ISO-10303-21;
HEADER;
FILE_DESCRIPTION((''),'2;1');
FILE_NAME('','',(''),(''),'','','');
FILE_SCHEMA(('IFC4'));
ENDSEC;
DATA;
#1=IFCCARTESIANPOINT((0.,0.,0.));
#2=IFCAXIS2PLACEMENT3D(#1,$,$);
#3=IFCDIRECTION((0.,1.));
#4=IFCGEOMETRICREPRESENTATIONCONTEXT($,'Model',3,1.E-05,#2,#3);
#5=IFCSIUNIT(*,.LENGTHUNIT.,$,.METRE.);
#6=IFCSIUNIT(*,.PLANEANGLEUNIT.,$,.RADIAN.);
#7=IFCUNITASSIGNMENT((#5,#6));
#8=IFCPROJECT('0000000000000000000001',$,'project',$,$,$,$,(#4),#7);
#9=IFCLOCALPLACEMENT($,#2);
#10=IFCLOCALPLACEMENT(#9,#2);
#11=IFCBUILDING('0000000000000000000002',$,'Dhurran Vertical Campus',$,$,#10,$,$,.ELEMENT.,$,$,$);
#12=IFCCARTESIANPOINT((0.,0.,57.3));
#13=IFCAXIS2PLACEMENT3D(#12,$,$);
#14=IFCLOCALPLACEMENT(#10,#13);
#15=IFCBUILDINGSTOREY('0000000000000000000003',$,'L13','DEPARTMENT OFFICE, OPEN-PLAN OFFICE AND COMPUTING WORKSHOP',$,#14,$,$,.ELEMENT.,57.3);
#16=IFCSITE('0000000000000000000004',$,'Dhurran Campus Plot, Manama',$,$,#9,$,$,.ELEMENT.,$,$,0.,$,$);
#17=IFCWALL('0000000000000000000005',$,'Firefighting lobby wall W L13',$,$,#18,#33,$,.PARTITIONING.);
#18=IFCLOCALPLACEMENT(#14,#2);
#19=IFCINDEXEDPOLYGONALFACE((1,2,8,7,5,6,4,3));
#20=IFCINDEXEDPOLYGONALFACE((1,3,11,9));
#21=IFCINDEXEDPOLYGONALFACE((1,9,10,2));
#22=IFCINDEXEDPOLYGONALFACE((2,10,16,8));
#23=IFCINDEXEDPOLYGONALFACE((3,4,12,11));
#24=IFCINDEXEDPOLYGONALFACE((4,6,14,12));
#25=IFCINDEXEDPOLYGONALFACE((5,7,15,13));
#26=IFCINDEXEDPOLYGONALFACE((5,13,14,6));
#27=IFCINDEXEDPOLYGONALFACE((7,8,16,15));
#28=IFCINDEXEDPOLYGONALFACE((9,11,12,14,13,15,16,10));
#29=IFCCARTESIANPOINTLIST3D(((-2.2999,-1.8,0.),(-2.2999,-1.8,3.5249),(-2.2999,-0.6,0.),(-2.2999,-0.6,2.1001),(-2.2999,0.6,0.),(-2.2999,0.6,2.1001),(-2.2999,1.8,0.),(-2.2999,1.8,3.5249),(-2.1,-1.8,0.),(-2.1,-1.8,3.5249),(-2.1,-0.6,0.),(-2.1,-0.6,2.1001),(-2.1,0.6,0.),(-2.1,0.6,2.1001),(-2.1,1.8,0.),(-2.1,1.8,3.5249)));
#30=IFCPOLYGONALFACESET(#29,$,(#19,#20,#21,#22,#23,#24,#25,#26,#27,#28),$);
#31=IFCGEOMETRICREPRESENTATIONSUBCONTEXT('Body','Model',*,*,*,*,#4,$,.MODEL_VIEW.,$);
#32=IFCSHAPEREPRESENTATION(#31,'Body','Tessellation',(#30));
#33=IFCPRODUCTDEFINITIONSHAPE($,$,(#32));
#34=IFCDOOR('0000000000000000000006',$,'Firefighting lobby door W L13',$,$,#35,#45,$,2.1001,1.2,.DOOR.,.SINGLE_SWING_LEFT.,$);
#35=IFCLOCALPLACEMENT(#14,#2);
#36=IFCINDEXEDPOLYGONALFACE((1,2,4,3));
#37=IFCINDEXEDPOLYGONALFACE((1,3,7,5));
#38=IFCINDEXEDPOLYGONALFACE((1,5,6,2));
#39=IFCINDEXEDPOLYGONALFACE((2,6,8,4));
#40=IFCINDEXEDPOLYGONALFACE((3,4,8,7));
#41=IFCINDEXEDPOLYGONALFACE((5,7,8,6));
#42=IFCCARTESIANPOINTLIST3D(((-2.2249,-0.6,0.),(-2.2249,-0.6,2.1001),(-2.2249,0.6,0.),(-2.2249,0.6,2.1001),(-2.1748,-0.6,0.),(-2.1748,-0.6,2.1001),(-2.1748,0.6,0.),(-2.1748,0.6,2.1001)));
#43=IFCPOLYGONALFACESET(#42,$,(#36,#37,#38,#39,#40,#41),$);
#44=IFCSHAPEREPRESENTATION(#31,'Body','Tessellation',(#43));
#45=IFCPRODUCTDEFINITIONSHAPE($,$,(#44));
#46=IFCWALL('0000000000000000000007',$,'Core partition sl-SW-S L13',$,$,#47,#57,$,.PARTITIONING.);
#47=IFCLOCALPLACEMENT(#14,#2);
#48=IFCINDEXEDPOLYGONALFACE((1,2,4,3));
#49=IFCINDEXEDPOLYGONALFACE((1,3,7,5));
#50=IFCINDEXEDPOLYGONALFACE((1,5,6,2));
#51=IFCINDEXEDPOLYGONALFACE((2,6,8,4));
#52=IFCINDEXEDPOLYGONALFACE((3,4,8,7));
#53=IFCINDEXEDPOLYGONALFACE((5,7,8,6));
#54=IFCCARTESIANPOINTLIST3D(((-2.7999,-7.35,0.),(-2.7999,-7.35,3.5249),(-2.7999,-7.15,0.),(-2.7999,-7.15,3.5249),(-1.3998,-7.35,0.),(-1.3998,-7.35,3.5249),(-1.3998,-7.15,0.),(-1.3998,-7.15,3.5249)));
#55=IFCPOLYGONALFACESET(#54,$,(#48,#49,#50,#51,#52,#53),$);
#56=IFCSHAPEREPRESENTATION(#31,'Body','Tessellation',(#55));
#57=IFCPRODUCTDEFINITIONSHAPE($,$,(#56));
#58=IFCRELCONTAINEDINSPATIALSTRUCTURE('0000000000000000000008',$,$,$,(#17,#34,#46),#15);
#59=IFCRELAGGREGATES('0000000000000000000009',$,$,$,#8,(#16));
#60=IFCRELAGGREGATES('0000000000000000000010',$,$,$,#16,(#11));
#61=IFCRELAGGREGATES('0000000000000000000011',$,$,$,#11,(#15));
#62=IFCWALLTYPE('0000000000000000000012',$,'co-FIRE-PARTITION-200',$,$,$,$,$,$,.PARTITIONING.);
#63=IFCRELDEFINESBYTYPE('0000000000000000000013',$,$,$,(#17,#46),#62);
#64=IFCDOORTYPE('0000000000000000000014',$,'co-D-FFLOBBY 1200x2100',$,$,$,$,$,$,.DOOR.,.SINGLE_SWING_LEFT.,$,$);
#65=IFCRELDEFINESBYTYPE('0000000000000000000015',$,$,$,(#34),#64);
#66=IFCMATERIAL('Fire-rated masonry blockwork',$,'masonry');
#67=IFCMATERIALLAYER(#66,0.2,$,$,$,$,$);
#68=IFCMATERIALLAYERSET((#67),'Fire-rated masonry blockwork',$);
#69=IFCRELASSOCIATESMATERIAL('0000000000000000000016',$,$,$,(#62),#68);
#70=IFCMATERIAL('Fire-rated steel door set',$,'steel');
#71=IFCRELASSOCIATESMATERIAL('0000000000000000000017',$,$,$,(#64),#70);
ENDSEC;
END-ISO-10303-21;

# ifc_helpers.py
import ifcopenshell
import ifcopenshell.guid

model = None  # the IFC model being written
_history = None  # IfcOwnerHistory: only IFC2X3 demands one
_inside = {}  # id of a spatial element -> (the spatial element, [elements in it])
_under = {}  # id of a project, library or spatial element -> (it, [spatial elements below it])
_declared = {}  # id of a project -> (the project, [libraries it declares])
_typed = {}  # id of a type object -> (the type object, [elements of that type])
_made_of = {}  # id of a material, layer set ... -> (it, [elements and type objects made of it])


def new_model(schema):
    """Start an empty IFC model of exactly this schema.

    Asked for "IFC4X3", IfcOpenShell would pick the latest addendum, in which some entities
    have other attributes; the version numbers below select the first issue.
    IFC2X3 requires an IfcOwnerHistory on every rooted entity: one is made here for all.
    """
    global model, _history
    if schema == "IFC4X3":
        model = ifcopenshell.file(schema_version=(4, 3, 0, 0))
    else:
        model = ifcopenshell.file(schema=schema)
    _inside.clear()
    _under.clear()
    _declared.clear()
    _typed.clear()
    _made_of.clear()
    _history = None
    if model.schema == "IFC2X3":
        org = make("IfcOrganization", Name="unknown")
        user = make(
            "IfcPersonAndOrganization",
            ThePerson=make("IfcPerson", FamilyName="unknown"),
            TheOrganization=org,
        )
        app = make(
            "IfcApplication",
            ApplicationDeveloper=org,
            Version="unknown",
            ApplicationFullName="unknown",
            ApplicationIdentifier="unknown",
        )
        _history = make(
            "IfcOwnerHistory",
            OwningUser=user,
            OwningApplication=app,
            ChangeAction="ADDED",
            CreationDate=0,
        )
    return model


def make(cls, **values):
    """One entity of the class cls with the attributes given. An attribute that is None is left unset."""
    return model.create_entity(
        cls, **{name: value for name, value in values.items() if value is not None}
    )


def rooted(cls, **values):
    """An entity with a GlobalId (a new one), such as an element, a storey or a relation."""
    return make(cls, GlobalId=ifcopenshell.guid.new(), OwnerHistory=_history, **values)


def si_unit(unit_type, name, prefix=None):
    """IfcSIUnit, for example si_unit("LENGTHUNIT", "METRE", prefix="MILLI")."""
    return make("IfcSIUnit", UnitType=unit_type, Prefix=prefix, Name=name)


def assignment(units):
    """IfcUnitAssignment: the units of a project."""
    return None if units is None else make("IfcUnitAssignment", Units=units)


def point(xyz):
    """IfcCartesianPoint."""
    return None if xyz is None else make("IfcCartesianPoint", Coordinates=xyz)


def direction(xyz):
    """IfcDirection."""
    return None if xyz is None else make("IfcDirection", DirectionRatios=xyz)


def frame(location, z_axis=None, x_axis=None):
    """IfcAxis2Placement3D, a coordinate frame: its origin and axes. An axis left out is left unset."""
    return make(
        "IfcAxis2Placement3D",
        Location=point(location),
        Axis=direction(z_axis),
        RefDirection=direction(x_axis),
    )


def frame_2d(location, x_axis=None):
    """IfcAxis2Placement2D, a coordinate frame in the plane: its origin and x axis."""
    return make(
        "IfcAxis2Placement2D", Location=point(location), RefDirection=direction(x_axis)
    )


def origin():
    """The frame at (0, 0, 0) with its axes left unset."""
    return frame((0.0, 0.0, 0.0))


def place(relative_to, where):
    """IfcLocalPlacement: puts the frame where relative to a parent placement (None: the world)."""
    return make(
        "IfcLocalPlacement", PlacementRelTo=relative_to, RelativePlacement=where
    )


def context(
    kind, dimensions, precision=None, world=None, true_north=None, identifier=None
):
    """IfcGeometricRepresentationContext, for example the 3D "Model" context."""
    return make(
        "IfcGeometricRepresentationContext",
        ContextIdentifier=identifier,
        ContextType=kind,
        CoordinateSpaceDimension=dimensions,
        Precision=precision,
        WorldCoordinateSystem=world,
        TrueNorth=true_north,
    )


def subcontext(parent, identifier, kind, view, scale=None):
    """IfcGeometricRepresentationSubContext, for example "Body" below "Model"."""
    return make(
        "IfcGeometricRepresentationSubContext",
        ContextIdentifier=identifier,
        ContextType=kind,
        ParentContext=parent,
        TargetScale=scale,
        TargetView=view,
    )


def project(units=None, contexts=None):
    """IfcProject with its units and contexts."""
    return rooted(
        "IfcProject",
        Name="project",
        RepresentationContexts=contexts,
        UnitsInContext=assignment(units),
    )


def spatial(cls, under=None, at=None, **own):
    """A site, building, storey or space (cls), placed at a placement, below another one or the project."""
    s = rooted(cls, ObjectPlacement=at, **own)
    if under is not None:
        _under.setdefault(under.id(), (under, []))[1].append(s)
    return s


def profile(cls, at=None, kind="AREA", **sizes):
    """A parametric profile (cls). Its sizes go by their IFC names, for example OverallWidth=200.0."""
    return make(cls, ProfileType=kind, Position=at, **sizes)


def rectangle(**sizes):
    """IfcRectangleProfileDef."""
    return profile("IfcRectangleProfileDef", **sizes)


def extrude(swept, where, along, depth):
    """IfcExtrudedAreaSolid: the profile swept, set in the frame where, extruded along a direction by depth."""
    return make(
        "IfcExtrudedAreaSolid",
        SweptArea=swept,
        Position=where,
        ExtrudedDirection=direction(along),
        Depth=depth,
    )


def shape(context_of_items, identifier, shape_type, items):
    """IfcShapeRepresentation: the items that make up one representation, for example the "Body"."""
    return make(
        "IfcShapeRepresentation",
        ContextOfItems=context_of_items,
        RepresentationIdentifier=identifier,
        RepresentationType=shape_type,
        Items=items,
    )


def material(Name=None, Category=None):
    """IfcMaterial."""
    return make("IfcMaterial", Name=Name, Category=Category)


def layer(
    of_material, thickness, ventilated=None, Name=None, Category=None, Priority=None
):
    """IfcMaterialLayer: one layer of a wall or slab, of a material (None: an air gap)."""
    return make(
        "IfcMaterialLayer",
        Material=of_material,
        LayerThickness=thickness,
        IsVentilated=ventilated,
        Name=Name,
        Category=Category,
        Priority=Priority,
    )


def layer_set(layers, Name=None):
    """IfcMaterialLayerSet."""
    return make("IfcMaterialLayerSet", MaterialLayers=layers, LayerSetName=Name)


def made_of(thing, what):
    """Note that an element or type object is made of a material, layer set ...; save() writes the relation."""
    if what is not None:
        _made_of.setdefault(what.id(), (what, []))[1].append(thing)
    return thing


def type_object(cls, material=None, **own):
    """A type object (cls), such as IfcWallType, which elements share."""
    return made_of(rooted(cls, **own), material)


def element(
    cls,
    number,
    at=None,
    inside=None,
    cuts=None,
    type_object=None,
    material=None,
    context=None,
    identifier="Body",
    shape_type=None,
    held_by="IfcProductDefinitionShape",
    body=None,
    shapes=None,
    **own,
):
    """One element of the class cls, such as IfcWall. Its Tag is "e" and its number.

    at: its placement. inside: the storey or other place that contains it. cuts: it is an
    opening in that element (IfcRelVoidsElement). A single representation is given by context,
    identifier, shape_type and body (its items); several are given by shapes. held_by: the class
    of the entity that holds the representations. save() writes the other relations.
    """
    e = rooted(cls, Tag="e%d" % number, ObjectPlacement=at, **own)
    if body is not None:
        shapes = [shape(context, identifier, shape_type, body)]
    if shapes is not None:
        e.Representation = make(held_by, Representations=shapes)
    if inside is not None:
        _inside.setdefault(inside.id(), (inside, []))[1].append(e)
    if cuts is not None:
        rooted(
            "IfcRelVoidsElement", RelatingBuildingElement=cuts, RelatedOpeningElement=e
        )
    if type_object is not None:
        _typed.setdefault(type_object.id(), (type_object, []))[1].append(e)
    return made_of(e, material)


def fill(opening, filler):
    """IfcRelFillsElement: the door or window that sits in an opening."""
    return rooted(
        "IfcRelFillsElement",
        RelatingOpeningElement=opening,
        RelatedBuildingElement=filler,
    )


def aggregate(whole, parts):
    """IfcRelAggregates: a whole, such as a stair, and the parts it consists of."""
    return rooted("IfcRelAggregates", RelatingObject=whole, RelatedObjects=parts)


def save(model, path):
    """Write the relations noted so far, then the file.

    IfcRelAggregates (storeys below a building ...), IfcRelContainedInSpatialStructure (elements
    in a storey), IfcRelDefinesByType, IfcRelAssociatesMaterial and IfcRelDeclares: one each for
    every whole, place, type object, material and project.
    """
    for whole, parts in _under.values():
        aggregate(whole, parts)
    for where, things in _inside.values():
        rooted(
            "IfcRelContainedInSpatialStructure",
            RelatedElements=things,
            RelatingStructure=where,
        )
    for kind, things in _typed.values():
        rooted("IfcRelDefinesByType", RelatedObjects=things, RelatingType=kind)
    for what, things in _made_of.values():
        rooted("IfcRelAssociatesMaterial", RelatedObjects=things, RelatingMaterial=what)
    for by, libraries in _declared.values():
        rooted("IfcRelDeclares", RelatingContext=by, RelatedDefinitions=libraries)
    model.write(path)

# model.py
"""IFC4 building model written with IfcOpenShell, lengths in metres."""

from ifc_helpers import new_model, si_unit, direction, frame, frame_2d, origin, place, context, subcontext, project, spatial, rectangle, extrude, material, layer, layer_set, type_object, element, fill, save


model = new_model("IFC4")

# Units and contexts
model_context = context("Model", 3, precision=1e-05, world=origin(), true_north=direction((0.0, 1.0)))
body_context = subcontext(model_context, "Body", "Model", "MODEL_VIEW")
ifc_project = project(units=[si_unit("LENGTHUNIT", "METRE"), si_unit("PLANEANGLEUNIT", "RADIAN")], contexts=[model_context])

# Site, building, storey
site_placement = place(None, origin())
site = spatial("IfcSite", under=ifc_project, at=site_placement, Name="Dhurran Campus Plot, Manama", CompositionType="ELEMENT", RefElevation=0.0)
building_placement = place(site_placement, origin())
building = spatial("IfcBuilding", under=site, at=building_placement, Name="Dhurran Vertical Campus", CompositionType="ELEMENT")
storey_placement = place(building_placement, frame((0.0, 0.0, 57.3)))
storey = spatial("IfcBuildingStorey", under=building, at=storey_placement, Name="L13", Description="DEPARTMENT OFFICE, OPEN-PLAN OFFICE AND COMPUTING WORKSHOP", CompositionType="ELEMENT", Elevation=57.3)

# Wall, opening, door
ifc_material_1 = material(Name="Fire-rated masonry blockwork", Category="masonry")
ifc_layer_1 = layer(ifc_material_1, 0.2)
ifc_layer_set_1 = layer_set([ifc_layer_1], Name="Fire-rated masonry blockwork")
wall_type_1 = type_object("IfcWallType", Name="co-FIRE-PARTITION-200", PredefinedType="PARTITIONING", material=ifc_layer_set_1)
wall_1_placement = place(storey_placement, frame((-2.2, -1.8, 0.0), z_axis=(0.0, 0.0, 1.0), x_axis=(0.0, 1.0, 0.0)))
wall_1 = element("IfcWall", 1, at=wall_1_placement, inside=storey, type_object=wall_type_1, Name="Firefighting lobby wall W L13", PredefinedType="PARTITIONING", context=body_context, shape_type="SweptSolid", body=[
    extrude(rectangle(XDim=3.6001, YDim=0.2, at=frame_2d((1.8, 0.0))), origin(), (0.0, 0.0, 1.0), 3.5249),
])
opening_1_placement = place(wall_1_placement, frame((1.2, 0.0, 0.0)))
opening_1 = element("IfcOpeningElement", 2, at=opening_1_placement, cuts=wall_1, PredefinedType="OPENING", context=body_context, shape_type="SweptSolid", body=[
    extrude(rectangle(XDim=1.2, YDim=2.1001, at=frame_2d((0.6001, 1.05))), frame((0.0, 0.1099, 0.0), z_axis=(0.0, -1.0, 0.0), x_axis=(1.0, 0.0, 0.0)), (0.0, 0.0, 1.0), 0.22),
])
ifc_material_2 = material(Name="Fire-rated steel door set", Category="steel")
door_type_1 = type_object("IfcDoorType", Name="co-D-FFLOBBY 1200x2100", OperationType="SINGLE_SWING_LEFT", PredefinedType="DOOR", material=ifc_material_2)
door_1_placement = place(opening_1_placement, origin())
door_1 = element("IfcDoor", 3, at=door_1_placement, inside=storey, type_object=door_type_1, Name="Firefighting lobby door W L13", OperationType="SINGLE_SWING_LEFT", OverallHeight=2.1001, OverallWidth=1.2, PredefinedType="DOOR", context=body_context, shape_type="SweptSolid", body=[
    extrude(rectangle(XDim=1.2, YDim=2.1001, at=frame_2d((0.6001, 1.05))), frame((0.0, 0.0249, 0.0), z_axis=(0.0, -1.0, 0.0), x_axis=(1.0, 0.0, 0.0)), (0.0, 0.0, 1.0), 0.05),
])
fill(opening_1, door_1)

# Wall
wall_2_placement = place(storey_placement, frame((-2.8, -7.25, 0.0), z_axis=(0.0, 0.0, 1.0), x_axis=(1.0, 0.0, 0.0)))
element("IfcWall", 4, at=wall_2_placement, inside=storey, type_object=wall_type_1, Name="Core partition sl-SW-S L13", PredefinedType="PARTITIONING", context=body_context, shape_type="SweptSolid", body=[
    extrude(rectangle(XDim=1.4001, YDim=0.2, at=frame_2d((0.7002, 0.0))), origin(), (0.0, 0.0, 1.0), 3.5249),
])

save(model, "model.ifc")
